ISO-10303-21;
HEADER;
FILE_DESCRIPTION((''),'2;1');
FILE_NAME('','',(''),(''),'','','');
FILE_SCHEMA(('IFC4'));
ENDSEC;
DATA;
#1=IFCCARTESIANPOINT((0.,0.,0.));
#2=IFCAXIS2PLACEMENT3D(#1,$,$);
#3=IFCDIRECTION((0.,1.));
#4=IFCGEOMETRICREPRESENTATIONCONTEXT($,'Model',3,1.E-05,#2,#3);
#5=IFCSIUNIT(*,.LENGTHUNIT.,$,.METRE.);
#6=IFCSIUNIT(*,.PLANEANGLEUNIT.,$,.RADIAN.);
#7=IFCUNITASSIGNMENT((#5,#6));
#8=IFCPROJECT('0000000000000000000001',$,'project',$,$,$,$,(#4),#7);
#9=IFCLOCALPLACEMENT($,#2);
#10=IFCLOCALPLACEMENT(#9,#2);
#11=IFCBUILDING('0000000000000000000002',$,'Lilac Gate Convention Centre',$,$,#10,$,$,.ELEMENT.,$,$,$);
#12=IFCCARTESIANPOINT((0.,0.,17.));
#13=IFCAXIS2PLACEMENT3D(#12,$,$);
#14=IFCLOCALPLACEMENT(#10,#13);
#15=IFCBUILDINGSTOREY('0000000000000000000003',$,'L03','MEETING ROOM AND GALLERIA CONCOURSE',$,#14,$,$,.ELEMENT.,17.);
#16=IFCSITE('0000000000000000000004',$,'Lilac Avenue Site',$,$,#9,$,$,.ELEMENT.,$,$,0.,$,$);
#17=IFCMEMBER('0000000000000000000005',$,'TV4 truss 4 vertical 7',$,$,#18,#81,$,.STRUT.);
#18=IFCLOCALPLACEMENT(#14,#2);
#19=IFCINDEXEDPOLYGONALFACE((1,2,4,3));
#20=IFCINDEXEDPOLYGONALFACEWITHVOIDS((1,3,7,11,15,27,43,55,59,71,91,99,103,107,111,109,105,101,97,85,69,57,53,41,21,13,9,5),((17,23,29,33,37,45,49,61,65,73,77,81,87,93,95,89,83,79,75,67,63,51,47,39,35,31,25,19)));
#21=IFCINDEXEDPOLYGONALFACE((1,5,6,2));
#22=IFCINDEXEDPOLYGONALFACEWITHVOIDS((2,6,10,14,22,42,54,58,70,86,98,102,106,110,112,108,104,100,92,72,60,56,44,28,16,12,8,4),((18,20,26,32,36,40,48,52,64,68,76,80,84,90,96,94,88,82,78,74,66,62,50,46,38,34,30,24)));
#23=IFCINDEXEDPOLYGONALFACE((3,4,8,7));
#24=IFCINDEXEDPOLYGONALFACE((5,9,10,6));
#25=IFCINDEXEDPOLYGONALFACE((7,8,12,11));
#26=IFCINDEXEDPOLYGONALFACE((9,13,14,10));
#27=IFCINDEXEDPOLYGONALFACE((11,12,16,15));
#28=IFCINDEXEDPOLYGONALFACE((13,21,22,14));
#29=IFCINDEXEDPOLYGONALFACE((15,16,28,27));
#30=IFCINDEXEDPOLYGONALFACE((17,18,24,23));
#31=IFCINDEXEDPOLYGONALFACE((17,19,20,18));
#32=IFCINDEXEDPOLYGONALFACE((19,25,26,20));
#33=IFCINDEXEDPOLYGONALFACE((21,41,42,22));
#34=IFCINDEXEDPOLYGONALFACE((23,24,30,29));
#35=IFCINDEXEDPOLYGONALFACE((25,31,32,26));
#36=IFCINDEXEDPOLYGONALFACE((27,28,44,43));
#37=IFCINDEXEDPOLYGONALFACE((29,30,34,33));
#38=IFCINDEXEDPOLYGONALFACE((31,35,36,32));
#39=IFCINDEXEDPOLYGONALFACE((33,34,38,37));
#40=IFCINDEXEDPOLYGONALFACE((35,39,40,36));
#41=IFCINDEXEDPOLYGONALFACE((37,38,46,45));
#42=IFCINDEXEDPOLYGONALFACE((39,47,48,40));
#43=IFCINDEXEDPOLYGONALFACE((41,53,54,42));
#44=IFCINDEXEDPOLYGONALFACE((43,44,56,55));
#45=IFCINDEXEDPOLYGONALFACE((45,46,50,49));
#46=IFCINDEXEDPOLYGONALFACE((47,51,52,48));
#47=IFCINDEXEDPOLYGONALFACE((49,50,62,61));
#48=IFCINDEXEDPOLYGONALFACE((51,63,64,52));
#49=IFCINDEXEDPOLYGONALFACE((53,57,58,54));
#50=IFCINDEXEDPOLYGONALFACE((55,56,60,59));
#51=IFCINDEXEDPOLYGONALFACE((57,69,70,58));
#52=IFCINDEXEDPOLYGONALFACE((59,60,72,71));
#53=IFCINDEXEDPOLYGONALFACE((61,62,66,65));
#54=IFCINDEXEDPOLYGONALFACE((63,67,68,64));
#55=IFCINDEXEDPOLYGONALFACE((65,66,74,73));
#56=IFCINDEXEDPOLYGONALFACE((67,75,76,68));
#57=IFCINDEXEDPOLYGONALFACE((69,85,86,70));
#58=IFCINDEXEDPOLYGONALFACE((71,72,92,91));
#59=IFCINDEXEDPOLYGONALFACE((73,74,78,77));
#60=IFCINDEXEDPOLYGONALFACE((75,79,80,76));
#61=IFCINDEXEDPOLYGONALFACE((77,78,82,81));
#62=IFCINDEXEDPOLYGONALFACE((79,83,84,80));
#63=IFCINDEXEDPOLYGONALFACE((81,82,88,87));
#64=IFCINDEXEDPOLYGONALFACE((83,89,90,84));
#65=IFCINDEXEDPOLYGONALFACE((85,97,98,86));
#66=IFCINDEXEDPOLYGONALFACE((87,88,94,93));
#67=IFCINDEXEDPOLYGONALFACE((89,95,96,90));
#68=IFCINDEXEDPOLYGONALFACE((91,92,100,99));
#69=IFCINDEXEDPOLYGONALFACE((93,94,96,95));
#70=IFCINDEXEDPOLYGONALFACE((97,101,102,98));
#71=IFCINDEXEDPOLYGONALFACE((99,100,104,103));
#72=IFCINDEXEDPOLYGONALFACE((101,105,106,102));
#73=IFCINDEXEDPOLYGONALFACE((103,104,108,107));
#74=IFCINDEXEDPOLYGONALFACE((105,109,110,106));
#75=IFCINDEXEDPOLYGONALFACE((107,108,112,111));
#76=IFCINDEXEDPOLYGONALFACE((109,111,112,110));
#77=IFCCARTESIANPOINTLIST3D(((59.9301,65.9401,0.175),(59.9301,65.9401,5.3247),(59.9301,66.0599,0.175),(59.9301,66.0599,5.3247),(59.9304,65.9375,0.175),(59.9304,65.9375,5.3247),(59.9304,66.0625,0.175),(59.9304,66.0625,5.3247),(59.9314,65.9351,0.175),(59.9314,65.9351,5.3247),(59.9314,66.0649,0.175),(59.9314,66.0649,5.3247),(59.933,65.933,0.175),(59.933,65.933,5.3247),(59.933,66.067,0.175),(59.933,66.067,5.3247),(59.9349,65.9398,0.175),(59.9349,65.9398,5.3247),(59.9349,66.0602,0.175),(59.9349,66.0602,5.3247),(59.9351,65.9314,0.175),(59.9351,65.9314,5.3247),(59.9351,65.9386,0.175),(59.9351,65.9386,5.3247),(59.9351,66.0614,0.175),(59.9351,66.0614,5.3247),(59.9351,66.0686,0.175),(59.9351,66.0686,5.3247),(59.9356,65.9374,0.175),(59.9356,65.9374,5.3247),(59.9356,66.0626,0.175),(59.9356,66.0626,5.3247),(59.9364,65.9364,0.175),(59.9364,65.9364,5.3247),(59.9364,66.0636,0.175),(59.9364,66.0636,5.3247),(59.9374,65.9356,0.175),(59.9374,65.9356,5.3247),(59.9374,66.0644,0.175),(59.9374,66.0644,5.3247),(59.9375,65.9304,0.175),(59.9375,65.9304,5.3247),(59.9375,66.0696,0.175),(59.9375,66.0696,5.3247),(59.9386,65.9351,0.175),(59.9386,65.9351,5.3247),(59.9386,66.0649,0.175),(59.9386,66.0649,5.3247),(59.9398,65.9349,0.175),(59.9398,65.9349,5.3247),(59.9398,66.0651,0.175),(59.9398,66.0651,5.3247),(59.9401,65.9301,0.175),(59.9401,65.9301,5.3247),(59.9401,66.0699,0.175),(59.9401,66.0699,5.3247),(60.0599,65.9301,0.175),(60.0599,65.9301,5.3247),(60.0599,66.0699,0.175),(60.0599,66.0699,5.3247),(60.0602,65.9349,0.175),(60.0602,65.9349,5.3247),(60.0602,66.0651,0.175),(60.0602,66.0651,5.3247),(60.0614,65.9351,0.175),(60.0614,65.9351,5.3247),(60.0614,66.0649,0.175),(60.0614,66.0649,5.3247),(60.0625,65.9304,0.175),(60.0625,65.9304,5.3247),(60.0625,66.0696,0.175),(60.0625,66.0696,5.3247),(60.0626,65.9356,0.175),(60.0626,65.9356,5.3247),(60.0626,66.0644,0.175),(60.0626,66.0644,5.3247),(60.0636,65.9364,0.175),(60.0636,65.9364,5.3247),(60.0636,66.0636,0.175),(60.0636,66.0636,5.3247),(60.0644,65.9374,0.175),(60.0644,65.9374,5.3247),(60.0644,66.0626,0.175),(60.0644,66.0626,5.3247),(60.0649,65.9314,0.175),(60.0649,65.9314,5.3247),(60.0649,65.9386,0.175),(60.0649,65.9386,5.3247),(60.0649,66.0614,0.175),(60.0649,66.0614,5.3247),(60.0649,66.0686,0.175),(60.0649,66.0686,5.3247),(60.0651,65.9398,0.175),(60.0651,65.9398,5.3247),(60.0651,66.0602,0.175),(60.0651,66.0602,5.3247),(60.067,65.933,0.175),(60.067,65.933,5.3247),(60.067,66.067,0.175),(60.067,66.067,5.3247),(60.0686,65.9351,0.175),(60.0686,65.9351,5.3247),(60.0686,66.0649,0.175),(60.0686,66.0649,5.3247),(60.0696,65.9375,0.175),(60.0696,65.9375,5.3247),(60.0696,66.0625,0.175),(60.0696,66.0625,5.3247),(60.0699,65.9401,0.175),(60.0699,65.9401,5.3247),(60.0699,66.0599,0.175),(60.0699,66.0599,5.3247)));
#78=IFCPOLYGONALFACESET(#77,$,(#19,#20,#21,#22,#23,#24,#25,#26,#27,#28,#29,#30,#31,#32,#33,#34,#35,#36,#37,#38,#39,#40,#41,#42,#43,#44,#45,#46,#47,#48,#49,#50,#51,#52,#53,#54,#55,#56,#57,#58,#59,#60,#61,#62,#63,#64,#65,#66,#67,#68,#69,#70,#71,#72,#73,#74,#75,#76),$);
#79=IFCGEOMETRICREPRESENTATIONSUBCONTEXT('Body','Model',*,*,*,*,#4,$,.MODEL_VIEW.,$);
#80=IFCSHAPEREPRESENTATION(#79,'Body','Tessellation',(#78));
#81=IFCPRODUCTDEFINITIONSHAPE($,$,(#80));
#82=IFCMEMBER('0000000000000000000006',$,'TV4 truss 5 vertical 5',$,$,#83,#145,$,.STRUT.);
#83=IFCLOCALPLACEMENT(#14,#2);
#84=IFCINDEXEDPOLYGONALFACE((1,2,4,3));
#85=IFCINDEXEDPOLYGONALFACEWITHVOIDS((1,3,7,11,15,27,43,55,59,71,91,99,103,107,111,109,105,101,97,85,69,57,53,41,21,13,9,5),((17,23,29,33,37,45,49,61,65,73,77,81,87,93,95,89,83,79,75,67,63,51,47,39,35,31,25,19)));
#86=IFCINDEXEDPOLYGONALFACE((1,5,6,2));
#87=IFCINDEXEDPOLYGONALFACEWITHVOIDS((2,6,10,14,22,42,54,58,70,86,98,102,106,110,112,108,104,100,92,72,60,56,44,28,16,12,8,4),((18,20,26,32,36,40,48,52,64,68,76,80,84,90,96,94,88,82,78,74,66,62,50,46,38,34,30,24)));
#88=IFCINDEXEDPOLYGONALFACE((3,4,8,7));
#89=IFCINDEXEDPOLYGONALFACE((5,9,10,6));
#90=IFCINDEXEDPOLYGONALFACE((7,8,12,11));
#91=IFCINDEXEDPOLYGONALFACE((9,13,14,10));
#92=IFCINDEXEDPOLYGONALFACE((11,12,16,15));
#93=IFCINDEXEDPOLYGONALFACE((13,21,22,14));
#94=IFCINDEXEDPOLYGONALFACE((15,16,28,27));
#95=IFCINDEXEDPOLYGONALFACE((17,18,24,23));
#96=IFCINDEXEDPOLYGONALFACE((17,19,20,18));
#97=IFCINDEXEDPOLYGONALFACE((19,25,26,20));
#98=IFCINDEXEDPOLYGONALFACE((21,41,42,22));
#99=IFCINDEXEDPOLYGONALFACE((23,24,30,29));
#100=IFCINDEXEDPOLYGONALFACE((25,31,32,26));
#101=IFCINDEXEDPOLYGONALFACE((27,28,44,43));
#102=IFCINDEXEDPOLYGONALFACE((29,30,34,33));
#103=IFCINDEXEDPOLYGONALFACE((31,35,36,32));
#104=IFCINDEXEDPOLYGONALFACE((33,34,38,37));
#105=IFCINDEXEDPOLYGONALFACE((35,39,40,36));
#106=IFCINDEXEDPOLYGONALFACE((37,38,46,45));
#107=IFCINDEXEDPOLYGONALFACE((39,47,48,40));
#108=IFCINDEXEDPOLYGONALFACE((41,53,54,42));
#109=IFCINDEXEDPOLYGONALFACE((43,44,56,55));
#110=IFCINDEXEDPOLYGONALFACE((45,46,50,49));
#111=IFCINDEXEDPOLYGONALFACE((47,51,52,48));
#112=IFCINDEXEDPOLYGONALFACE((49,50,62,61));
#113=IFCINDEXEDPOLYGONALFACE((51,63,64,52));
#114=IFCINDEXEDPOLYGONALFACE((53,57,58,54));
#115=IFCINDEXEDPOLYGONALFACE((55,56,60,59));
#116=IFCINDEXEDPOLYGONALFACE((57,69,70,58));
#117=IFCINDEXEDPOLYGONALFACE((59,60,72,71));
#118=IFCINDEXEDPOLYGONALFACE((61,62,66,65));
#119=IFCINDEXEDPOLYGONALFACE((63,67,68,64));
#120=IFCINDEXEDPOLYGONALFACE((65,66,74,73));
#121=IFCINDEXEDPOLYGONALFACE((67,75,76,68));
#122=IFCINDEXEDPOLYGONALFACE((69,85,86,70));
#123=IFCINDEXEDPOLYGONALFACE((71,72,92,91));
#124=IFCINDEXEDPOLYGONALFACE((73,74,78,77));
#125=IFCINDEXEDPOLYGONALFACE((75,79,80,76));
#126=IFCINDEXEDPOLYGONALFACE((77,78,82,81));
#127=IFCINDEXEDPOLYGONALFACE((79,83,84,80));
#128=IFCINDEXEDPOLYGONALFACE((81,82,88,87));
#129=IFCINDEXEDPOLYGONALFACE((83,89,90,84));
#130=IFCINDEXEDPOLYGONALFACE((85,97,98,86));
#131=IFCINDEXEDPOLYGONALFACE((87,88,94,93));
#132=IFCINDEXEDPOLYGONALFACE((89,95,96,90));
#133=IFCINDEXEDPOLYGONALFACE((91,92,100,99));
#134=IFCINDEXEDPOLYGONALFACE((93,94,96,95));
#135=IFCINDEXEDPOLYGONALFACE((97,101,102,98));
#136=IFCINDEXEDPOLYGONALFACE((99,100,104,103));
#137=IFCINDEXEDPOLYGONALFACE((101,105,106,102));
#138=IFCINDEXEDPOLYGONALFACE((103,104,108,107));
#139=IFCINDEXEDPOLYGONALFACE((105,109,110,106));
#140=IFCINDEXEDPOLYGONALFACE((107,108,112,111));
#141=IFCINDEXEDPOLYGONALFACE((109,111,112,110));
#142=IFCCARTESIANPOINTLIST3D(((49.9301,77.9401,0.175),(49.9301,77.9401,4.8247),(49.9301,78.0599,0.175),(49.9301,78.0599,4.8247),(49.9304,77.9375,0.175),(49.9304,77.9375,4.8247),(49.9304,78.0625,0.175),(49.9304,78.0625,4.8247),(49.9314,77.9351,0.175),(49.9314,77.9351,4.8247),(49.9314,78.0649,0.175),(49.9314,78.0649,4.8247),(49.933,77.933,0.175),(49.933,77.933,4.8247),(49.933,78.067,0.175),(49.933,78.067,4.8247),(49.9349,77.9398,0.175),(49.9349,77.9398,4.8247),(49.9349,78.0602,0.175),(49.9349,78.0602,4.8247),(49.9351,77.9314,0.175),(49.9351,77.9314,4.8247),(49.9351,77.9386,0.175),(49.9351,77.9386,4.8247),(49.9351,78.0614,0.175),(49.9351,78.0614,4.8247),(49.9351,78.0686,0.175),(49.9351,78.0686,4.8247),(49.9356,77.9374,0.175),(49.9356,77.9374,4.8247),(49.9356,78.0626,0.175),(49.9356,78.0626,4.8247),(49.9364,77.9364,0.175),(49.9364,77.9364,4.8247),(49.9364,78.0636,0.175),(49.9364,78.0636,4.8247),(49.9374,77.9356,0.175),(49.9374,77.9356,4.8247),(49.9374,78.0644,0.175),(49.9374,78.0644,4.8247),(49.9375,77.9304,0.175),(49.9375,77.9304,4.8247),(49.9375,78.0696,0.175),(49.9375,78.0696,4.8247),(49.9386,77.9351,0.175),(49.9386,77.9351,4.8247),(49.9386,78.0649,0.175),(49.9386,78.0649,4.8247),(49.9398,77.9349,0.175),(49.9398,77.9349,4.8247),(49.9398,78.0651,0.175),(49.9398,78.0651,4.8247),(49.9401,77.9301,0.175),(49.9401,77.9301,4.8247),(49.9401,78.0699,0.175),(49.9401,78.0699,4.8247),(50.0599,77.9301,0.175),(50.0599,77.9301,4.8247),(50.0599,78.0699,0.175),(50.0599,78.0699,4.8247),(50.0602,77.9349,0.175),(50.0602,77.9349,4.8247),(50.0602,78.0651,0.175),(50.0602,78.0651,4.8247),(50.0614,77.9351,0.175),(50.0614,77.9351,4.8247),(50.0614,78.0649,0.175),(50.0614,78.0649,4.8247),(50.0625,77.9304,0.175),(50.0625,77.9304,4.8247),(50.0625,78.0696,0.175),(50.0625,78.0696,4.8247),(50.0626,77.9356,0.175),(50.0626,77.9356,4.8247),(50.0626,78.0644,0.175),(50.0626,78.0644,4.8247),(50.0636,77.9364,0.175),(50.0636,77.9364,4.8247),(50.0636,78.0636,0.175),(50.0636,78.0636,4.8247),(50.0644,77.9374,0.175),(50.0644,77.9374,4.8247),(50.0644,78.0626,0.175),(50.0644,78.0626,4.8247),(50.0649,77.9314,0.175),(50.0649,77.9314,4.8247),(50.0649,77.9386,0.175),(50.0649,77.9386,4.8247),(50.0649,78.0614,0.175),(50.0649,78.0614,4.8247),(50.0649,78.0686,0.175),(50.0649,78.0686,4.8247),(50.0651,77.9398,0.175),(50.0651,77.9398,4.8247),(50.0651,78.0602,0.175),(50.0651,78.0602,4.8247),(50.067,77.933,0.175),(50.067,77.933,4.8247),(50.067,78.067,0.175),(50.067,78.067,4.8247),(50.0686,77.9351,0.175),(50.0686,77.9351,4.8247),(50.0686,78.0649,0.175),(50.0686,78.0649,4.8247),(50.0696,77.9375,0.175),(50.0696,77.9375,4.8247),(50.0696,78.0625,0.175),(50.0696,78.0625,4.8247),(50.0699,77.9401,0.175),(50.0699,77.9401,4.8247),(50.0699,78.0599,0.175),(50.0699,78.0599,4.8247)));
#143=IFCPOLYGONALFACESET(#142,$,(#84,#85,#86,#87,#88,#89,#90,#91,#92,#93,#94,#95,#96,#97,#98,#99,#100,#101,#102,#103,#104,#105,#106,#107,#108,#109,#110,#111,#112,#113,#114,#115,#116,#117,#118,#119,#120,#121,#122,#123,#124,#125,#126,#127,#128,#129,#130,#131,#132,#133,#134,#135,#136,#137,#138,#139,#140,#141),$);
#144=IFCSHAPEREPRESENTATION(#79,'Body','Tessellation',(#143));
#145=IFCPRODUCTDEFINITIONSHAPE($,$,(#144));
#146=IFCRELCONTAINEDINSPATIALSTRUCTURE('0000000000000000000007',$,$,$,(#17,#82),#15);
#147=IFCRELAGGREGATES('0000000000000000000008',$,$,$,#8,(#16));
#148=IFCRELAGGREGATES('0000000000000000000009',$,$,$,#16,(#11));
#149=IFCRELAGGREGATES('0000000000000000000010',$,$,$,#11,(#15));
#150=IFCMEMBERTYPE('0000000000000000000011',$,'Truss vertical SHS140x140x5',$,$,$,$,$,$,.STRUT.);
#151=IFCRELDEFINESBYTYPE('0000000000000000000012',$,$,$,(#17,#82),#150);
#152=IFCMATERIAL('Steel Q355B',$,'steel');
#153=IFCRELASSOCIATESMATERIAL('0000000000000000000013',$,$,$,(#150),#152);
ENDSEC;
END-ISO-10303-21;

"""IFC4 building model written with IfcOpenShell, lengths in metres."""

from ifc_helpers import new_model, si_unit, direction, frame, origin, origin_2d, place, context, subcontext, project, spatial, hollow_rectangle, extrude, material, material_profile, profile_set, type_object, element, save


model = new_model("IFC4")

# Units and contexts
model_context = context("Model", 3, precision=1e-05, world=origin(), true_north=direction((0.0, 1.0)))
body_context = subcontext(model_context, "Body", "Model", "MODEL_VIEW")
ifc_project = project(units=[si_unit("LENGTHUNIT", "METRE"), si_unit("PLANEANGLEUNIT", "RADIAN")], contexts=[model_context])

# Site, building, storey
site_placement = place(None, origin())
site = spatial("IfcSite", under=ifc_project, at=site_placement, Name="Lilac Avenue Site", CompositionType="ELEMENT", RefElevation=0.0)
building_placement = place(site_placement, origin())
building = spatial("IfcBuilding", under=site, at=building_placement, Name="Lilac Gate Convention Centre", CompositionType="ELEMENT")
storey_placement = place(building_placement, frame((0.0, 0.0, 17.0)))
storey = spatial("IfcBuildingStorey", under=building, at=storey_placement, Name="L03", Description="MEETING ROOM AND GALLERIA CONCOURSE", CompositionType="ELEMENT", Elevation=17.0)

# Members
ifc_material = material(Name="Steel Q355B", Category="steel")
ifc_material_profile_1 = material_profile(ifc_material, hollow_rectangle(XDim=0.1399, YDim=0.1399, WallThickness=0.0049, InnerFilletRadius=0.0049, OuterFilletRadius=0.01, at=origin_2d()), Name="SHS140x140x5")
ifc_profile_set_1 = profile_set([ifc_material_profile_1], Name="Steel Q355B")
member_type_1 = type_object("IfcMemberType", Name="Truss vertical SHS140x140x5", PredefinedType="STRUT", material=ifc_profile_set_1)
member_1_placement = place(storey_placement, frame((60.0, 66.0, 0.175), z_axis=(0.0, 0.0, 1.0), x_axis=(1.0, 0.0, 0.0)))
element("IfcMember", 1, at=member_1_placement, inside=storey, type_object=member_type_1, Name="TV4 truss 4 vertical 7", PredefinedType="STRUT", context=body_context, shape_type="SweptSolid", body=[
    extrude(hollow_rectangle(XDim=0.1399, YDim=0.1399, WallThickness=0.0049, InnerFilletRadius=0.0049, OuterFilletRadius=0.01, at=origin_2d()), origin(), (0.0, 0.0, 1.0), 5.1497),
])
member_2_placement = place(storey_placement, frame((50.0, 78.0, 0.175), z_axis=(0.0, 0.0, 1.0), x_axis=(1.0, 0.0, 0.0)))
element("IfcMember", 2, at=member_2_placement, inside=storey, type_object=member_type_1, Name="TV4 truss 5 vertical 5", PredefinedType="STRUT", context=body_context, shape_type="SweptSolid", body=[
    extrude(hollow_rectangle(XDim=0.1399, YDim=0.1399, WallThickness=0.0049, InnerFilletRadius=0.0049, OuterFilletRadius=0.01, at=origin_2d()), origin(), (0.0, 0.0, 1.0), 4.6497),
])

save(model, "model.ifc")
